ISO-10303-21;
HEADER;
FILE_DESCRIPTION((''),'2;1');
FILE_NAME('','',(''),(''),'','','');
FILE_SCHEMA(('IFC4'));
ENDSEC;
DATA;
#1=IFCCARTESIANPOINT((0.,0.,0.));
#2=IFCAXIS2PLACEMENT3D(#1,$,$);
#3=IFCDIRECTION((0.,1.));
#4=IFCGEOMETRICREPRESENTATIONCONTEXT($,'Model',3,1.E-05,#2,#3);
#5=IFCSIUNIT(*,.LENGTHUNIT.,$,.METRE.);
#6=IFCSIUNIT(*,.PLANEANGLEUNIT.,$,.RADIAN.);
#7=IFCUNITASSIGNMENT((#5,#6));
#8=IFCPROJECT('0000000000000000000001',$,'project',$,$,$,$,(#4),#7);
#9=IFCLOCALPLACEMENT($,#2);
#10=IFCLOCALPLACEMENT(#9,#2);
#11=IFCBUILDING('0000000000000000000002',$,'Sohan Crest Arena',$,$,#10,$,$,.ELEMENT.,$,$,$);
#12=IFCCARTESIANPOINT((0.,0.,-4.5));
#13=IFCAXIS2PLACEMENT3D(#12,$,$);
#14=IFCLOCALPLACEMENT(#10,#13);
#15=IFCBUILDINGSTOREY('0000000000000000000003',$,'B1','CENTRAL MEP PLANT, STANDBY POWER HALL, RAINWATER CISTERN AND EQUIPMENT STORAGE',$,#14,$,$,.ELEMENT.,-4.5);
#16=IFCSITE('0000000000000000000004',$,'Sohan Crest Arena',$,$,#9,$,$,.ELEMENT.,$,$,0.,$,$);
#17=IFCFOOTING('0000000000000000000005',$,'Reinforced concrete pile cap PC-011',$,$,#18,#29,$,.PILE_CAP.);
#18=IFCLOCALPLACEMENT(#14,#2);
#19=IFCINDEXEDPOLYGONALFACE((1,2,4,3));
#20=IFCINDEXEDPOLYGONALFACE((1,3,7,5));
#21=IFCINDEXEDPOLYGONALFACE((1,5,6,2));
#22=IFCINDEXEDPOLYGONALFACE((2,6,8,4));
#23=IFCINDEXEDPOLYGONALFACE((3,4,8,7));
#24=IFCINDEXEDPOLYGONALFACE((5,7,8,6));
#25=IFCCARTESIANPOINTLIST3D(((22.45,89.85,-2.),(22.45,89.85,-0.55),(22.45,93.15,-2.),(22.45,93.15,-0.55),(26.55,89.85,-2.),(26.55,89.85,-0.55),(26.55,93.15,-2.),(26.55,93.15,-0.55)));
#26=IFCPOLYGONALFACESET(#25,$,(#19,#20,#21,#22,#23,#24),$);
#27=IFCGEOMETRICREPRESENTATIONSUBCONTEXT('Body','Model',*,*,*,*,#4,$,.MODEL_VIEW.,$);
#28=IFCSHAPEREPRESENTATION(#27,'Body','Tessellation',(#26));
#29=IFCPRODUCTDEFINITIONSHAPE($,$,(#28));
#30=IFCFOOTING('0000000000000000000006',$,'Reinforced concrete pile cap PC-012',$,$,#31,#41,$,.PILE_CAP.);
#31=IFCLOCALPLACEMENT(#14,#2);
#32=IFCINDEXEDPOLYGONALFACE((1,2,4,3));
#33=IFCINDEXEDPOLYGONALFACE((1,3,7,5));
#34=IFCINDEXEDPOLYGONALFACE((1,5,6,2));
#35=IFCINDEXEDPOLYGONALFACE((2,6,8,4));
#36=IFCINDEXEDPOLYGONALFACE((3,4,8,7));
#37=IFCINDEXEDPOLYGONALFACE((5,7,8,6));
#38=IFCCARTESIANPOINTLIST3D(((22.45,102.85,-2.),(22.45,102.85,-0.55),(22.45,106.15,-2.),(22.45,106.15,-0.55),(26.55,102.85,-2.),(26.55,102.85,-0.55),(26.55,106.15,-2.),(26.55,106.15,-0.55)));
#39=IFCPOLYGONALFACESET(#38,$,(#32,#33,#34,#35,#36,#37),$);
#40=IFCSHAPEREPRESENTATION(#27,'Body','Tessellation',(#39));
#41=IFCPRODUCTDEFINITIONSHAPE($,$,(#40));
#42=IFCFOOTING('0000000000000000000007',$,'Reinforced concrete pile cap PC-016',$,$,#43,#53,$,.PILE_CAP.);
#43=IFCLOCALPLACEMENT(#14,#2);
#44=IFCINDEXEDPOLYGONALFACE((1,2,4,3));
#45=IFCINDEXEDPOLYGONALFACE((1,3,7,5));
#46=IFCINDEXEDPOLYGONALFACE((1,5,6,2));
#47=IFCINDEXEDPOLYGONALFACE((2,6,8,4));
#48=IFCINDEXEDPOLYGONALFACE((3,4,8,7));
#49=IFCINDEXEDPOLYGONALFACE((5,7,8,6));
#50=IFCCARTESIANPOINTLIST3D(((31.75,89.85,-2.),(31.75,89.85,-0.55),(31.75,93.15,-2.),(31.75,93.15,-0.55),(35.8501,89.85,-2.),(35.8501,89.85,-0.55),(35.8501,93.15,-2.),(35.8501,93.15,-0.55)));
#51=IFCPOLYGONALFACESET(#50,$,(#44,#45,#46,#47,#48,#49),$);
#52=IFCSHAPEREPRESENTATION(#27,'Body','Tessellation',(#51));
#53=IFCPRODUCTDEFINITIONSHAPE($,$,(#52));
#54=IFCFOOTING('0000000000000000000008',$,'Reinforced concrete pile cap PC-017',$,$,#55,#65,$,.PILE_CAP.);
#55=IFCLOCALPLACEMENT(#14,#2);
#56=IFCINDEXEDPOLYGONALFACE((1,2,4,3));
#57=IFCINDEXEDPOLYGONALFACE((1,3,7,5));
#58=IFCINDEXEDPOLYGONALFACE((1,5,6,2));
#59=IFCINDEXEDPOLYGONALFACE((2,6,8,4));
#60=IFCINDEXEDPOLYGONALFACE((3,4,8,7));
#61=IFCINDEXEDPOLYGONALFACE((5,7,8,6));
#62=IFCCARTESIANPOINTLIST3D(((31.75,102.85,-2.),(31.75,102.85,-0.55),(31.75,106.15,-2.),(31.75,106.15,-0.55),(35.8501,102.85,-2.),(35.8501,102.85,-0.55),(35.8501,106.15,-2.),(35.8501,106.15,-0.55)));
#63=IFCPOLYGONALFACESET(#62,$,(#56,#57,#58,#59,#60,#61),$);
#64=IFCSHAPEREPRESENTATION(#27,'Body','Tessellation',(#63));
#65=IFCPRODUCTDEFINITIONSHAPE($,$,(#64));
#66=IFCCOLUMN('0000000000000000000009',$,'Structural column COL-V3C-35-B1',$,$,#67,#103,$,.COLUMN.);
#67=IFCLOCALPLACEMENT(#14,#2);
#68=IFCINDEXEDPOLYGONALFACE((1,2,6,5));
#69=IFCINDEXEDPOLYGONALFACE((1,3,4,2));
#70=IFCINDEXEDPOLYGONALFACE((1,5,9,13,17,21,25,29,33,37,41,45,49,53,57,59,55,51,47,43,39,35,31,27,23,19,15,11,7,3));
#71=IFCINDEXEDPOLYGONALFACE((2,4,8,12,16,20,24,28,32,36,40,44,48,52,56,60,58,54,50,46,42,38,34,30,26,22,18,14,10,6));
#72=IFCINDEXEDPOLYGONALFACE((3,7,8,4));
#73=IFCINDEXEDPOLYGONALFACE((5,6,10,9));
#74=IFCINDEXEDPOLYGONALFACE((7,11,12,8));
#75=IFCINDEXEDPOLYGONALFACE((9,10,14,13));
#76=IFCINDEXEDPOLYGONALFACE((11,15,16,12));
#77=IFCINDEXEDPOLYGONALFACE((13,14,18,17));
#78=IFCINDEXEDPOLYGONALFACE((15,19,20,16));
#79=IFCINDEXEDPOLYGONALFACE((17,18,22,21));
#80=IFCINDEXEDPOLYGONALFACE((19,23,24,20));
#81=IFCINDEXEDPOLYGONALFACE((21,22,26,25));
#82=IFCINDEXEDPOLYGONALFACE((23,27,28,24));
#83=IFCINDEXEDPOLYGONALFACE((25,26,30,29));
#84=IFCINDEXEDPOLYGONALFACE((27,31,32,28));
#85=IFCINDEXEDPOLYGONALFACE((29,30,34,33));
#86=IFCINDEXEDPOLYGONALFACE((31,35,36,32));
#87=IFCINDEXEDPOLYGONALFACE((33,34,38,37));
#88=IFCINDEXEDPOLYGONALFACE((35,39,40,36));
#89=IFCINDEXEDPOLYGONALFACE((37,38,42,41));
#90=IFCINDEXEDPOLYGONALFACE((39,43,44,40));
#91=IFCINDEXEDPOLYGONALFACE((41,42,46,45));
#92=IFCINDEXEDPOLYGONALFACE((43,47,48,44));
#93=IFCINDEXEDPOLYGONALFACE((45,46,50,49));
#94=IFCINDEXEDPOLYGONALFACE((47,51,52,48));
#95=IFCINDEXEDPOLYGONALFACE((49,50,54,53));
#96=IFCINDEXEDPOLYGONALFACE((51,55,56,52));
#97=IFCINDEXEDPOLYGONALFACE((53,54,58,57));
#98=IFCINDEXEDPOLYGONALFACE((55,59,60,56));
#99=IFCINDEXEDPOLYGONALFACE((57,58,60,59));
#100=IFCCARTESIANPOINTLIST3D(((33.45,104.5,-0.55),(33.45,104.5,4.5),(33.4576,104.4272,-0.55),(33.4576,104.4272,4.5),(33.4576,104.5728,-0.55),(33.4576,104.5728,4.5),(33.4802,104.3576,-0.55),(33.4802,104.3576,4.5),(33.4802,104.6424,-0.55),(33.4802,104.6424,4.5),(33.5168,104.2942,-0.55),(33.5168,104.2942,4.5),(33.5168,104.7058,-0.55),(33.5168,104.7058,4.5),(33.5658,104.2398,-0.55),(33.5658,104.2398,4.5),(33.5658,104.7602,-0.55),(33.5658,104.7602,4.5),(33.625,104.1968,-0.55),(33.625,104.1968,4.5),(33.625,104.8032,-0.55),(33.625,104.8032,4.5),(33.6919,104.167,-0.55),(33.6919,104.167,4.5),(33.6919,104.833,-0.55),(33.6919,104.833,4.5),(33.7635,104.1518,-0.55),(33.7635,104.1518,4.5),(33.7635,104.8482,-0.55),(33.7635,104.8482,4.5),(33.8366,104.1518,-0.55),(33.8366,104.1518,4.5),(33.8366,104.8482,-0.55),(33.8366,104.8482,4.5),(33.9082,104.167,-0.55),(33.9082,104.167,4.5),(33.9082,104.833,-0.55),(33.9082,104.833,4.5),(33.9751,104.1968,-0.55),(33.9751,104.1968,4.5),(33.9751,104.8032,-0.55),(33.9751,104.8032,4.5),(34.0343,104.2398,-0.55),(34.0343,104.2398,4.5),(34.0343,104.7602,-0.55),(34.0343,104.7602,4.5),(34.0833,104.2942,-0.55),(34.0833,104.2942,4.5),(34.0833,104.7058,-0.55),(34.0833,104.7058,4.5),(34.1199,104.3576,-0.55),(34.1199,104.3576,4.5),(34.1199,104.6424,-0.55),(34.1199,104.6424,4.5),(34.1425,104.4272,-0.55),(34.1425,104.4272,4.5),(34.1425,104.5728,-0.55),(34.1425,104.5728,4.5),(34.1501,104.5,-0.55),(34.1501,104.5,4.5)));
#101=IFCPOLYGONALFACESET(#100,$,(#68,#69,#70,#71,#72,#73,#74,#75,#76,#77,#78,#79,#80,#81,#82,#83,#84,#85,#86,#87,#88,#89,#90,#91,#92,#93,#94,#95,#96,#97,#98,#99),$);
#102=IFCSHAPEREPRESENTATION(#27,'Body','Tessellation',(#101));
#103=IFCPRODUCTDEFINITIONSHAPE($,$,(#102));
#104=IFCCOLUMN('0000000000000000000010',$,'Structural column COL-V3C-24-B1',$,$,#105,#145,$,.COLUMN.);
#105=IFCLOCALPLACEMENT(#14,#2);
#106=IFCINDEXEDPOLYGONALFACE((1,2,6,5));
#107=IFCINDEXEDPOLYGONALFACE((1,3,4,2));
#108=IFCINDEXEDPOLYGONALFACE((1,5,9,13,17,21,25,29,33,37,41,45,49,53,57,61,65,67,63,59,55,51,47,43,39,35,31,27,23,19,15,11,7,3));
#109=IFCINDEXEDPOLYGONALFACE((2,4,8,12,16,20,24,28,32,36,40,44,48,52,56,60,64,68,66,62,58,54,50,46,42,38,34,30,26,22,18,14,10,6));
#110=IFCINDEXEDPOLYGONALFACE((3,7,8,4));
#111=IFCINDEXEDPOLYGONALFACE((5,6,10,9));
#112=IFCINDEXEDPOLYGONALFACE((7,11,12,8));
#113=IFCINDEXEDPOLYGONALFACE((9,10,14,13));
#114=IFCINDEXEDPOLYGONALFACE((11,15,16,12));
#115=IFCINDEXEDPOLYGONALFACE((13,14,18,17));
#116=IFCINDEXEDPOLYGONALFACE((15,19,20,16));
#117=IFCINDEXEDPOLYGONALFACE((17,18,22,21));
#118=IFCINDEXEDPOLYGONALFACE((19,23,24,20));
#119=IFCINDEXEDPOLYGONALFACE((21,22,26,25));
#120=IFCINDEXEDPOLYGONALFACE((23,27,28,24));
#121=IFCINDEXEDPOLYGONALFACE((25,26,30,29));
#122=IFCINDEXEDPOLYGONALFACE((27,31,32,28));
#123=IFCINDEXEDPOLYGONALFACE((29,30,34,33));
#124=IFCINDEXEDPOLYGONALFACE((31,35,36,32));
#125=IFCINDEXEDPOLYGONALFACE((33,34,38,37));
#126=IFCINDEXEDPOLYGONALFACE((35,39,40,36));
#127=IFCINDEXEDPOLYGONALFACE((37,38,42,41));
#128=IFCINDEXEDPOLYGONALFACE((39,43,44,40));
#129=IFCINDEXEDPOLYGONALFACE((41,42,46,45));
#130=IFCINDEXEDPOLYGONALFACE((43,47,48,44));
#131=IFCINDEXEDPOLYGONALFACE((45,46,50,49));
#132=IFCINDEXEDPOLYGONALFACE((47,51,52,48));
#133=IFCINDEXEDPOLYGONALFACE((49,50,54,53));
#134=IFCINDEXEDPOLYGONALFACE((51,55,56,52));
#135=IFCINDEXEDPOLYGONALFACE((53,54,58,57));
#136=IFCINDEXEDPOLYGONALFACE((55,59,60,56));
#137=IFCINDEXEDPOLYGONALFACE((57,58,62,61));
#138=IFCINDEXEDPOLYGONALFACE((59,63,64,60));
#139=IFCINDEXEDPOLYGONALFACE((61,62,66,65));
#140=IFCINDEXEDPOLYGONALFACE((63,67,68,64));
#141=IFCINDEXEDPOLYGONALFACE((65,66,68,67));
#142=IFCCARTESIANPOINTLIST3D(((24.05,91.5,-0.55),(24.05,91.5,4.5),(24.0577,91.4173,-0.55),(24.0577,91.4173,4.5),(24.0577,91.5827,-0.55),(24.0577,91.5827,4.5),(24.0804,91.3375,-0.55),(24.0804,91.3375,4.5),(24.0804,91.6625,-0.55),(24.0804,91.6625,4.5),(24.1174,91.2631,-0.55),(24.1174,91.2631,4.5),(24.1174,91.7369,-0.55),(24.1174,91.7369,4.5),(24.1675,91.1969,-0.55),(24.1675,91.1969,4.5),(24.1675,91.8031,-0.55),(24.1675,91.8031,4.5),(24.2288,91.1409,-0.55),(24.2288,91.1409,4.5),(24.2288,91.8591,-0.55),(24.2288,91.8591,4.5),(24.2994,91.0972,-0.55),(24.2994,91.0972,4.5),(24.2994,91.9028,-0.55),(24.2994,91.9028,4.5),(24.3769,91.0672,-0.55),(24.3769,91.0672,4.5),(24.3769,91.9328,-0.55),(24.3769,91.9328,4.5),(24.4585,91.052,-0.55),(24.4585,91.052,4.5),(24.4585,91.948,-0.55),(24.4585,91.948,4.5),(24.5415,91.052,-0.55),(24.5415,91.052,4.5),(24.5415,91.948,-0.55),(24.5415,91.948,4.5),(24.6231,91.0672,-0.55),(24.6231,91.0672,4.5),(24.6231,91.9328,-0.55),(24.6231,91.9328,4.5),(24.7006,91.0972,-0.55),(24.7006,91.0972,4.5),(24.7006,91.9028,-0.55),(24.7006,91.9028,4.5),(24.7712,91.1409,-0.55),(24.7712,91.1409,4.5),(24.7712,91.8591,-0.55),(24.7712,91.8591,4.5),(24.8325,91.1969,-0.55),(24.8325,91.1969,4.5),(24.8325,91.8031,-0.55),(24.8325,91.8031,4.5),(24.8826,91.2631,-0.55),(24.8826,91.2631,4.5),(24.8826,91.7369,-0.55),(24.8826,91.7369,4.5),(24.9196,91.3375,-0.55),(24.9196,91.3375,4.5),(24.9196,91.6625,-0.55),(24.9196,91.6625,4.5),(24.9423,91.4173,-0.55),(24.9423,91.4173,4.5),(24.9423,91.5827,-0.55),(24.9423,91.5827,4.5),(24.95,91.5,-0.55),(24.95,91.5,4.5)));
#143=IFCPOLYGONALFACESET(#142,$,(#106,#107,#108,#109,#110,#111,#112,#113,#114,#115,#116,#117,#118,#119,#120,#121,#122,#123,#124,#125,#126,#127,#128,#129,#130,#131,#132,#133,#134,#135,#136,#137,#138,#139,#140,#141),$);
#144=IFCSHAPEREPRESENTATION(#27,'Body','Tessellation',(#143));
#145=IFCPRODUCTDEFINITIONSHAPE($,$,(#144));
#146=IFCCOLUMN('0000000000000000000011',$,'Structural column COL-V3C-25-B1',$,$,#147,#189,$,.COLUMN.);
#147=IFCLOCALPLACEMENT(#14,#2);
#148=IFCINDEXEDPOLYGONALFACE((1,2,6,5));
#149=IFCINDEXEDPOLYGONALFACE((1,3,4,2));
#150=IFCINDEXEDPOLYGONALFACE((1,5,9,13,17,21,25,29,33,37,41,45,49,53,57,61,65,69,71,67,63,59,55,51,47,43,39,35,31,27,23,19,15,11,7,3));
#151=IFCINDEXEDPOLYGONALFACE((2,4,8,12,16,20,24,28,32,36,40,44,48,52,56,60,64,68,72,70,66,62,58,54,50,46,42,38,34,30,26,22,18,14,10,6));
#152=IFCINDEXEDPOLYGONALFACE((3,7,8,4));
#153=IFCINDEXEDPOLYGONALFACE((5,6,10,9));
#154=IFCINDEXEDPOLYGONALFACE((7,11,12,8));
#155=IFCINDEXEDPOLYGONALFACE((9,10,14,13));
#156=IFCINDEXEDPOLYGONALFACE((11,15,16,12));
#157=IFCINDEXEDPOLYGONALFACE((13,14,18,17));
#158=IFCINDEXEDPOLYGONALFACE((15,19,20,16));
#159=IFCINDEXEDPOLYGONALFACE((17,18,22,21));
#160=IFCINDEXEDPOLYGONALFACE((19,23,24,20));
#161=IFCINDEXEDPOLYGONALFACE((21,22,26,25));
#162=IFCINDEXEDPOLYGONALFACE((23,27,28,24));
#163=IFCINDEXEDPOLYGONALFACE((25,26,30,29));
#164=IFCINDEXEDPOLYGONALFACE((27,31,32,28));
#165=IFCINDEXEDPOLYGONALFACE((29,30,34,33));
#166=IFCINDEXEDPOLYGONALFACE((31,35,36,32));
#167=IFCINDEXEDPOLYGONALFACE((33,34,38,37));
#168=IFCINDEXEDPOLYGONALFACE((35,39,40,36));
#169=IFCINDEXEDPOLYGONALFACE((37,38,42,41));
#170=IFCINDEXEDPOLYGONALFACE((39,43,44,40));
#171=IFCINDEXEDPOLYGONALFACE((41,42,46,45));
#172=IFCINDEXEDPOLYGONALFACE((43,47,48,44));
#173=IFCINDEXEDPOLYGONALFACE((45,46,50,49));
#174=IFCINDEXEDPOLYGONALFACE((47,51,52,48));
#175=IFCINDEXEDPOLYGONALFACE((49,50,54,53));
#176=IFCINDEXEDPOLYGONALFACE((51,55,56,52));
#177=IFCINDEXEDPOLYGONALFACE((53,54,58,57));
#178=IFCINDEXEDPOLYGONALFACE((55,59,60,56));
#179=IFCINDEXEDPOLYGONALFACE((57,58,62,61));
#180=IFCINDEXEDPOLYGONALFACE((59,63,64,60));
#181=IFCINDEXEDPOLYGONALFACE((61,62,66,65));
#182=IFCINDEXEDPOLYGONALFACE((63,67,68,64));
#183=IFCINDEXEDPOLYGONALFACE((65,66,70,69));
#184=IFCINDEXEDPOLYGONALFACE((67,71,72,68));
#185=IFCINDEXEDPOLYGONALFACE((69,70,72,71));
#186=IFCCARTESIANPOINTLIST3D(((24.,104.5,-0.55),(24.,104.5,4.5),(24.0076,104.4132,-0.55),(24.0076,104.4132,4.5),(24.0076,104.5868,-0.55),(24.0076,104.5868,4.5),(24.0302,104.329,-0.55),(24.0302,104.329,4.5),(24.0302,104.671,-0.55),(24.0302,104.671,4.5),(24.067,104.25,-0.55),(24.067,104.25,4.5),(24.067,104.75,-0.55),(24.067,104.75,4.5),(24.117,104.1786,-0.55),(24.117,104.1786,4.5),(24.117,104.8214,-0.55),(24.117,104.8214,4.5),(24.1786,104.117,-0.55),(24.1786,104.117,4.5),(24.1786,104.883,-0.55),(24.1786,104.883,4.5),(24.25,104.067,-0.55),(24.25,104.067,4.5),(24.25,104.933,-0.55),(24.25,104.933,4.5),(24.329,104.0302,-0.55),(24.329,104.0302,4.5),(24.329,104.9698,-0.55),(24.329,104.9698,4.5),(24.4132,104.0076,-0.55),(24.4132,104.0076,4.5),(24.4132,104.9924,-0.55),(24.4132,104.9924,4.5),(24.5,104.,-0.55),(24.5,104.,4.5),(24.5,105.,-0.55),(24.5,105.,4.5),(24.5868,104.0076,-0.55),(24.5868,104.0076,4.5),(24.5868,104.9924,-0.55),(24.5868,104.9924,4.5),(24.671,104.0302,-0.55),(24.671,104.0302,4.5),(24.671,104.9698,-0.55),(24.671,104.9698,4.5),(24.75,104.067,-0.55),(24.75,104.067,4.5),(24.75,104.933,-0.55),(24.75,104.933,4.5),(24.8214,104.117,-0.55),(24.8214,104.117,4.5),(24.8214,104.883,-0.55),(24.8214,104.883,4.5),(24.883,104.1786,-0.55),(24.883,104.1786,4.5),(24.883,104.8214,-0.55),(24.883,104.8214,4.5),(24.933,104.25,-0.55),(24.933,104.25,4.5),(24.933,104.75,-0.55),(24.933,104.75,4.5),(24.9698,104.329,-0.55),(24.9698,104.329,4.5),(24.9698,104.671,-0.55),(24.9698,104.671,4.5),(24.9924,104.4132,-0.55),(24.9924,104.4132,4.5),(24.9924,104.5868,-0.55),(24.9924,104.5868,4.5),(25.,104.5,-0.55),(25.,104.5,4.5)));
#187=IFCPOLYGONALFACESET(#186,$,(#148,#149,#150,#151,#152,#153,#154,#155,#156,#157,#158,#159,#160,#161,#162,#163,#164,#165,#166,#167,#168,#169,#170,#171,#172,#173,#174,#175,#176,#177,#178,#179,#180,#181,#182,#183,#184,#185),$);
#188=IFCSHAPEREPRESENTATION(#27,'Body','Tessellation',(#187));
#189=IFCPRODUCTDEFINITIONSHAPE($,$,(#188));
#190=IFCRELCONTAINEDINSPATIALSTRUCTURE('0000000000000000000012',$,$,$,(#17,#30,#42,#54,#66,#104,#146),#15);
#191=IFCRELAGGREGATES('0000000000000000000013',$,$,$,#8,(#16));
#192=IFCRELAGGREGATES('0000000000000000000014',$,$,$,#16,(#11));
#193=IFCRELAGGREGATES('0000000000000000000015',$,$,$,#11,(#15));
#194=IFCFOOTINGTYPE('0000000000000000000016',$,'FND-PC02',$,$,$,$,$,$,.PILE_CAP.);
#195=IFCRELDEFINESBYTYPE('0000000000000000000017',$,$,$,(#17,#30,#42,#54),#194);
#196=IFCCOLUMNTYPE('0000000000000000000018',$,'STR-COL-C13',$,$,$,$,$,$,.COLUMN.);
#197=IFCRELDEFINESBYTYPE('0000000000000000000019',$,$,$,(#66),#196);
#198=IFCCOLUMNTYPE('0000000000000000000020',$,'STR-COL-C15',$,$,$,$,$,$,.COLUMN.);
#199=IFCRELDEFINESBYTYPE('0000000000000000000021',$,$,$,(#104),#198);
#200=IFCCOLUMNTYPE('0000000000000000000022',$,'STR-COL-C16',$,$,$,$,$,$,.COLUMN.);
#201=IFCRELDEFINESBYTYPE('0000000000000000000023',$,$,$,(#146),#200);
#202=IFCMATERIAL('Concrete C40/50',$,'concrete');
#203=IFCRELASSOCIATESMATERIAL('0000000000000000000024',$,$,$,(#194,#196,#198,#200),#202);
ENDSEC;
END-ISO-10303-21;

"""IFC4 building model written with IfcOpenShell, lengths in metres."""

from ifc_helpers import new_model, si_unit, direction, frame, origin, origin_2d, place, context, subcontext, project, spatial, rectangle, circle, extrude, material, material_profile, profile_set, type_object, element, save


model = new_model("IFC4")

# Units and contexts
model_context = context("Model", 3, precision=1e-05, world=origin(), true_north=direction((0.0, 1.0)))
body_context = subcontext(model_context, "Body", "Model", "MODEL_VIEW")
ifc_project = project(units=[si_unit("LENGTHUNIT", "METRE"), si_unit("PLANEANGLEUNIT", "RADIAN")], contexts=[model_context])

# Site, building, storey
site_placement = place(None, origin())
site = spatial("IfcSite", under=ifc_project, at=site_placement, Name="Sohan Crest Arena", CompositionType="ELEMENT", RefElevation=0.0)
building_placement = place(site_placement, origin())
building = spatial("IfcBuilding", under=site, at=building_placement, Name="Sohan Crest Arena", CompositionType="ELEMENT")
storey_placement = place(building_placement, frame((0.0, 0.0, -4.5)))
storey = spatial("IfcBuildingStorey", under=building, at=storey_placement, Name="B1", Description="CENTRAL MEP PLANT, STANDBY POWER HALL, RAINWATER CISTERN AND EQUIPMENT STORAGE", CompositionType="ELEMENT", Elevation=-4.5)

# Shared definitions
ifc_material = material(Name="Concrete C40/50", Category="concrete")

# Footings
footing_type_1 = type_object("IfcFootingType", Name="FND-PC02", PredefinedType="PILE_CAP", material=ifc_material)
for number, where, z_axis, x_axis, name in (
    (1, (24.5, 91.5, -2.0), (0.0, 0.0, 1.0), (1.0, 0.0, 0.0), "Reinforced concrete pile cap PC-011"),
    (2, (24.5, 104.5, -2.0), (0.0, 0.0, 1.0), (1.0, 0.0, 0.0), "Reinforced concrete pile cap PC-012"),
    (3, (33.8, 91.5, -2.0), (0.0, 0.0, 1.0), (1.0, 0.0, 0.0), "Reinforced concrete pile cap PC-016"),
    (4, (33.8, 104.5, -2.0), (0.0, 0.0, 1.0), (1.0, 0.0, 0.0), "Reinforced concrete pile cap PC-017"),
):
    element("IfcFooting", number, at=place(storey_placement, frame(where, z_axis=z_axis, x_axis=x_axis)), inside=storey, type_object=footing_type_1, Name=name, PredefinedType="PILE_CAP", context=body_context, shape_type="SweptSolid", body=[
        extrude(rectangle(XDim=4.1001, YDim=3.3, at=origin_2d()), origin(), (0.0, 0.0, 1.0), 1.45),
    ])

# Columns
ifc_material_profile_1 = material_profile(ifc_material, circle(Radius=0.3501, at=origin_2d()), Name="RC D700")
ifc_profile_set_1 = profile_set([ifc_material_profile_1], Name="Concrete C40/50")
column_type_1 = type_object("IfcColumnType", Name="STR-COL-C13", PredefinedType="COLUMN", material=ifc_profile_set_1)
column_1_placement = place(storey_placement, frame((33.8, 104.5, -0.55), z_axis=(0.0, 0.0, 1.0), x_axis=(1.0, 0.0, 0.0)))
element("IfcColumn", 5, at=column_1_placement, inside=storey, type_object=column_type_1, Name="Structural column COL-V3C-35-B1", PredefinedType="COLUMN", context=body_context, shape_type="SweptSolid", body=[
    extrude(circle(Radius=0.3501, at=origin_2d()), origin(), (0.0, 0.0, 1.0), 5.05),
])
ifc_material_profile_2 = material_profile(ifc_material, circle(Radius=0.45, at=origin_2d()), Name="RC D900")
ifc_profile_set_2 = profile_set([ifc_material_profile_2], Name="Concrete C40/50")
column_type_2 = type_object("IfcColumnType", Name="STR-COL-C15", PredefinedType="COLUMN", material=ifc_profile_set_2)
column_2_placement = place(storey_placement, frame((24.5, 91.5, -0.55), z_axis=(0.0, 0.0, 1.0), x_axis=(1.0, 0.0, 0.0)))
element("IfcColumn", 6, at=column_2_placement, inside=storey, type_object=column_type_2, Name="Structural column COL-V3C-24-B1", PredefinedType="COLUMN", context=body_context, shape_type="SweptSolid", body=[
    extrude(circle(Radius=0.45, at=origin_2d()), origin(), (0.0, 0.0, 1.0), 5.05),
])
ifc_material_profile_3 = material_profile(ifc_material, circle(Radius=0.5, at=origin_2d()), Name="RC D1000")
ifc_profile_set_3 = profile_set([ifc_material_profile_3], Name="Concrete C40/50")
column_type_3 = type_object("IfcColumnType", Name="STR-COL-C16", PredefinedType="COLUMN", material=ifc_profile_set_3)
for number, where, z_axis, x_axis, name in (
    (7, (24.5, 104.5, -0.55), (0.0, 0.0, 1.0), (1.0, 0.0, 0.0), "Structural column COL-V3C-25-B1"),
):
    element("IfcColumn", number, at=place(storey_placement, frame(where, z_axis=z_axis, x_axis=x_axis)), inside=storey, type_object=column_type_3, Name=name, PredefinedType="COLUMN", context=body_context, shape_type="SweptSolid", body=[
        extrude(circle(Radius=0.5, at=origin_2d()), origin(), (0.0, 0.0, 1.0), 5.05),
    ])

save(model, "model.ifc")
